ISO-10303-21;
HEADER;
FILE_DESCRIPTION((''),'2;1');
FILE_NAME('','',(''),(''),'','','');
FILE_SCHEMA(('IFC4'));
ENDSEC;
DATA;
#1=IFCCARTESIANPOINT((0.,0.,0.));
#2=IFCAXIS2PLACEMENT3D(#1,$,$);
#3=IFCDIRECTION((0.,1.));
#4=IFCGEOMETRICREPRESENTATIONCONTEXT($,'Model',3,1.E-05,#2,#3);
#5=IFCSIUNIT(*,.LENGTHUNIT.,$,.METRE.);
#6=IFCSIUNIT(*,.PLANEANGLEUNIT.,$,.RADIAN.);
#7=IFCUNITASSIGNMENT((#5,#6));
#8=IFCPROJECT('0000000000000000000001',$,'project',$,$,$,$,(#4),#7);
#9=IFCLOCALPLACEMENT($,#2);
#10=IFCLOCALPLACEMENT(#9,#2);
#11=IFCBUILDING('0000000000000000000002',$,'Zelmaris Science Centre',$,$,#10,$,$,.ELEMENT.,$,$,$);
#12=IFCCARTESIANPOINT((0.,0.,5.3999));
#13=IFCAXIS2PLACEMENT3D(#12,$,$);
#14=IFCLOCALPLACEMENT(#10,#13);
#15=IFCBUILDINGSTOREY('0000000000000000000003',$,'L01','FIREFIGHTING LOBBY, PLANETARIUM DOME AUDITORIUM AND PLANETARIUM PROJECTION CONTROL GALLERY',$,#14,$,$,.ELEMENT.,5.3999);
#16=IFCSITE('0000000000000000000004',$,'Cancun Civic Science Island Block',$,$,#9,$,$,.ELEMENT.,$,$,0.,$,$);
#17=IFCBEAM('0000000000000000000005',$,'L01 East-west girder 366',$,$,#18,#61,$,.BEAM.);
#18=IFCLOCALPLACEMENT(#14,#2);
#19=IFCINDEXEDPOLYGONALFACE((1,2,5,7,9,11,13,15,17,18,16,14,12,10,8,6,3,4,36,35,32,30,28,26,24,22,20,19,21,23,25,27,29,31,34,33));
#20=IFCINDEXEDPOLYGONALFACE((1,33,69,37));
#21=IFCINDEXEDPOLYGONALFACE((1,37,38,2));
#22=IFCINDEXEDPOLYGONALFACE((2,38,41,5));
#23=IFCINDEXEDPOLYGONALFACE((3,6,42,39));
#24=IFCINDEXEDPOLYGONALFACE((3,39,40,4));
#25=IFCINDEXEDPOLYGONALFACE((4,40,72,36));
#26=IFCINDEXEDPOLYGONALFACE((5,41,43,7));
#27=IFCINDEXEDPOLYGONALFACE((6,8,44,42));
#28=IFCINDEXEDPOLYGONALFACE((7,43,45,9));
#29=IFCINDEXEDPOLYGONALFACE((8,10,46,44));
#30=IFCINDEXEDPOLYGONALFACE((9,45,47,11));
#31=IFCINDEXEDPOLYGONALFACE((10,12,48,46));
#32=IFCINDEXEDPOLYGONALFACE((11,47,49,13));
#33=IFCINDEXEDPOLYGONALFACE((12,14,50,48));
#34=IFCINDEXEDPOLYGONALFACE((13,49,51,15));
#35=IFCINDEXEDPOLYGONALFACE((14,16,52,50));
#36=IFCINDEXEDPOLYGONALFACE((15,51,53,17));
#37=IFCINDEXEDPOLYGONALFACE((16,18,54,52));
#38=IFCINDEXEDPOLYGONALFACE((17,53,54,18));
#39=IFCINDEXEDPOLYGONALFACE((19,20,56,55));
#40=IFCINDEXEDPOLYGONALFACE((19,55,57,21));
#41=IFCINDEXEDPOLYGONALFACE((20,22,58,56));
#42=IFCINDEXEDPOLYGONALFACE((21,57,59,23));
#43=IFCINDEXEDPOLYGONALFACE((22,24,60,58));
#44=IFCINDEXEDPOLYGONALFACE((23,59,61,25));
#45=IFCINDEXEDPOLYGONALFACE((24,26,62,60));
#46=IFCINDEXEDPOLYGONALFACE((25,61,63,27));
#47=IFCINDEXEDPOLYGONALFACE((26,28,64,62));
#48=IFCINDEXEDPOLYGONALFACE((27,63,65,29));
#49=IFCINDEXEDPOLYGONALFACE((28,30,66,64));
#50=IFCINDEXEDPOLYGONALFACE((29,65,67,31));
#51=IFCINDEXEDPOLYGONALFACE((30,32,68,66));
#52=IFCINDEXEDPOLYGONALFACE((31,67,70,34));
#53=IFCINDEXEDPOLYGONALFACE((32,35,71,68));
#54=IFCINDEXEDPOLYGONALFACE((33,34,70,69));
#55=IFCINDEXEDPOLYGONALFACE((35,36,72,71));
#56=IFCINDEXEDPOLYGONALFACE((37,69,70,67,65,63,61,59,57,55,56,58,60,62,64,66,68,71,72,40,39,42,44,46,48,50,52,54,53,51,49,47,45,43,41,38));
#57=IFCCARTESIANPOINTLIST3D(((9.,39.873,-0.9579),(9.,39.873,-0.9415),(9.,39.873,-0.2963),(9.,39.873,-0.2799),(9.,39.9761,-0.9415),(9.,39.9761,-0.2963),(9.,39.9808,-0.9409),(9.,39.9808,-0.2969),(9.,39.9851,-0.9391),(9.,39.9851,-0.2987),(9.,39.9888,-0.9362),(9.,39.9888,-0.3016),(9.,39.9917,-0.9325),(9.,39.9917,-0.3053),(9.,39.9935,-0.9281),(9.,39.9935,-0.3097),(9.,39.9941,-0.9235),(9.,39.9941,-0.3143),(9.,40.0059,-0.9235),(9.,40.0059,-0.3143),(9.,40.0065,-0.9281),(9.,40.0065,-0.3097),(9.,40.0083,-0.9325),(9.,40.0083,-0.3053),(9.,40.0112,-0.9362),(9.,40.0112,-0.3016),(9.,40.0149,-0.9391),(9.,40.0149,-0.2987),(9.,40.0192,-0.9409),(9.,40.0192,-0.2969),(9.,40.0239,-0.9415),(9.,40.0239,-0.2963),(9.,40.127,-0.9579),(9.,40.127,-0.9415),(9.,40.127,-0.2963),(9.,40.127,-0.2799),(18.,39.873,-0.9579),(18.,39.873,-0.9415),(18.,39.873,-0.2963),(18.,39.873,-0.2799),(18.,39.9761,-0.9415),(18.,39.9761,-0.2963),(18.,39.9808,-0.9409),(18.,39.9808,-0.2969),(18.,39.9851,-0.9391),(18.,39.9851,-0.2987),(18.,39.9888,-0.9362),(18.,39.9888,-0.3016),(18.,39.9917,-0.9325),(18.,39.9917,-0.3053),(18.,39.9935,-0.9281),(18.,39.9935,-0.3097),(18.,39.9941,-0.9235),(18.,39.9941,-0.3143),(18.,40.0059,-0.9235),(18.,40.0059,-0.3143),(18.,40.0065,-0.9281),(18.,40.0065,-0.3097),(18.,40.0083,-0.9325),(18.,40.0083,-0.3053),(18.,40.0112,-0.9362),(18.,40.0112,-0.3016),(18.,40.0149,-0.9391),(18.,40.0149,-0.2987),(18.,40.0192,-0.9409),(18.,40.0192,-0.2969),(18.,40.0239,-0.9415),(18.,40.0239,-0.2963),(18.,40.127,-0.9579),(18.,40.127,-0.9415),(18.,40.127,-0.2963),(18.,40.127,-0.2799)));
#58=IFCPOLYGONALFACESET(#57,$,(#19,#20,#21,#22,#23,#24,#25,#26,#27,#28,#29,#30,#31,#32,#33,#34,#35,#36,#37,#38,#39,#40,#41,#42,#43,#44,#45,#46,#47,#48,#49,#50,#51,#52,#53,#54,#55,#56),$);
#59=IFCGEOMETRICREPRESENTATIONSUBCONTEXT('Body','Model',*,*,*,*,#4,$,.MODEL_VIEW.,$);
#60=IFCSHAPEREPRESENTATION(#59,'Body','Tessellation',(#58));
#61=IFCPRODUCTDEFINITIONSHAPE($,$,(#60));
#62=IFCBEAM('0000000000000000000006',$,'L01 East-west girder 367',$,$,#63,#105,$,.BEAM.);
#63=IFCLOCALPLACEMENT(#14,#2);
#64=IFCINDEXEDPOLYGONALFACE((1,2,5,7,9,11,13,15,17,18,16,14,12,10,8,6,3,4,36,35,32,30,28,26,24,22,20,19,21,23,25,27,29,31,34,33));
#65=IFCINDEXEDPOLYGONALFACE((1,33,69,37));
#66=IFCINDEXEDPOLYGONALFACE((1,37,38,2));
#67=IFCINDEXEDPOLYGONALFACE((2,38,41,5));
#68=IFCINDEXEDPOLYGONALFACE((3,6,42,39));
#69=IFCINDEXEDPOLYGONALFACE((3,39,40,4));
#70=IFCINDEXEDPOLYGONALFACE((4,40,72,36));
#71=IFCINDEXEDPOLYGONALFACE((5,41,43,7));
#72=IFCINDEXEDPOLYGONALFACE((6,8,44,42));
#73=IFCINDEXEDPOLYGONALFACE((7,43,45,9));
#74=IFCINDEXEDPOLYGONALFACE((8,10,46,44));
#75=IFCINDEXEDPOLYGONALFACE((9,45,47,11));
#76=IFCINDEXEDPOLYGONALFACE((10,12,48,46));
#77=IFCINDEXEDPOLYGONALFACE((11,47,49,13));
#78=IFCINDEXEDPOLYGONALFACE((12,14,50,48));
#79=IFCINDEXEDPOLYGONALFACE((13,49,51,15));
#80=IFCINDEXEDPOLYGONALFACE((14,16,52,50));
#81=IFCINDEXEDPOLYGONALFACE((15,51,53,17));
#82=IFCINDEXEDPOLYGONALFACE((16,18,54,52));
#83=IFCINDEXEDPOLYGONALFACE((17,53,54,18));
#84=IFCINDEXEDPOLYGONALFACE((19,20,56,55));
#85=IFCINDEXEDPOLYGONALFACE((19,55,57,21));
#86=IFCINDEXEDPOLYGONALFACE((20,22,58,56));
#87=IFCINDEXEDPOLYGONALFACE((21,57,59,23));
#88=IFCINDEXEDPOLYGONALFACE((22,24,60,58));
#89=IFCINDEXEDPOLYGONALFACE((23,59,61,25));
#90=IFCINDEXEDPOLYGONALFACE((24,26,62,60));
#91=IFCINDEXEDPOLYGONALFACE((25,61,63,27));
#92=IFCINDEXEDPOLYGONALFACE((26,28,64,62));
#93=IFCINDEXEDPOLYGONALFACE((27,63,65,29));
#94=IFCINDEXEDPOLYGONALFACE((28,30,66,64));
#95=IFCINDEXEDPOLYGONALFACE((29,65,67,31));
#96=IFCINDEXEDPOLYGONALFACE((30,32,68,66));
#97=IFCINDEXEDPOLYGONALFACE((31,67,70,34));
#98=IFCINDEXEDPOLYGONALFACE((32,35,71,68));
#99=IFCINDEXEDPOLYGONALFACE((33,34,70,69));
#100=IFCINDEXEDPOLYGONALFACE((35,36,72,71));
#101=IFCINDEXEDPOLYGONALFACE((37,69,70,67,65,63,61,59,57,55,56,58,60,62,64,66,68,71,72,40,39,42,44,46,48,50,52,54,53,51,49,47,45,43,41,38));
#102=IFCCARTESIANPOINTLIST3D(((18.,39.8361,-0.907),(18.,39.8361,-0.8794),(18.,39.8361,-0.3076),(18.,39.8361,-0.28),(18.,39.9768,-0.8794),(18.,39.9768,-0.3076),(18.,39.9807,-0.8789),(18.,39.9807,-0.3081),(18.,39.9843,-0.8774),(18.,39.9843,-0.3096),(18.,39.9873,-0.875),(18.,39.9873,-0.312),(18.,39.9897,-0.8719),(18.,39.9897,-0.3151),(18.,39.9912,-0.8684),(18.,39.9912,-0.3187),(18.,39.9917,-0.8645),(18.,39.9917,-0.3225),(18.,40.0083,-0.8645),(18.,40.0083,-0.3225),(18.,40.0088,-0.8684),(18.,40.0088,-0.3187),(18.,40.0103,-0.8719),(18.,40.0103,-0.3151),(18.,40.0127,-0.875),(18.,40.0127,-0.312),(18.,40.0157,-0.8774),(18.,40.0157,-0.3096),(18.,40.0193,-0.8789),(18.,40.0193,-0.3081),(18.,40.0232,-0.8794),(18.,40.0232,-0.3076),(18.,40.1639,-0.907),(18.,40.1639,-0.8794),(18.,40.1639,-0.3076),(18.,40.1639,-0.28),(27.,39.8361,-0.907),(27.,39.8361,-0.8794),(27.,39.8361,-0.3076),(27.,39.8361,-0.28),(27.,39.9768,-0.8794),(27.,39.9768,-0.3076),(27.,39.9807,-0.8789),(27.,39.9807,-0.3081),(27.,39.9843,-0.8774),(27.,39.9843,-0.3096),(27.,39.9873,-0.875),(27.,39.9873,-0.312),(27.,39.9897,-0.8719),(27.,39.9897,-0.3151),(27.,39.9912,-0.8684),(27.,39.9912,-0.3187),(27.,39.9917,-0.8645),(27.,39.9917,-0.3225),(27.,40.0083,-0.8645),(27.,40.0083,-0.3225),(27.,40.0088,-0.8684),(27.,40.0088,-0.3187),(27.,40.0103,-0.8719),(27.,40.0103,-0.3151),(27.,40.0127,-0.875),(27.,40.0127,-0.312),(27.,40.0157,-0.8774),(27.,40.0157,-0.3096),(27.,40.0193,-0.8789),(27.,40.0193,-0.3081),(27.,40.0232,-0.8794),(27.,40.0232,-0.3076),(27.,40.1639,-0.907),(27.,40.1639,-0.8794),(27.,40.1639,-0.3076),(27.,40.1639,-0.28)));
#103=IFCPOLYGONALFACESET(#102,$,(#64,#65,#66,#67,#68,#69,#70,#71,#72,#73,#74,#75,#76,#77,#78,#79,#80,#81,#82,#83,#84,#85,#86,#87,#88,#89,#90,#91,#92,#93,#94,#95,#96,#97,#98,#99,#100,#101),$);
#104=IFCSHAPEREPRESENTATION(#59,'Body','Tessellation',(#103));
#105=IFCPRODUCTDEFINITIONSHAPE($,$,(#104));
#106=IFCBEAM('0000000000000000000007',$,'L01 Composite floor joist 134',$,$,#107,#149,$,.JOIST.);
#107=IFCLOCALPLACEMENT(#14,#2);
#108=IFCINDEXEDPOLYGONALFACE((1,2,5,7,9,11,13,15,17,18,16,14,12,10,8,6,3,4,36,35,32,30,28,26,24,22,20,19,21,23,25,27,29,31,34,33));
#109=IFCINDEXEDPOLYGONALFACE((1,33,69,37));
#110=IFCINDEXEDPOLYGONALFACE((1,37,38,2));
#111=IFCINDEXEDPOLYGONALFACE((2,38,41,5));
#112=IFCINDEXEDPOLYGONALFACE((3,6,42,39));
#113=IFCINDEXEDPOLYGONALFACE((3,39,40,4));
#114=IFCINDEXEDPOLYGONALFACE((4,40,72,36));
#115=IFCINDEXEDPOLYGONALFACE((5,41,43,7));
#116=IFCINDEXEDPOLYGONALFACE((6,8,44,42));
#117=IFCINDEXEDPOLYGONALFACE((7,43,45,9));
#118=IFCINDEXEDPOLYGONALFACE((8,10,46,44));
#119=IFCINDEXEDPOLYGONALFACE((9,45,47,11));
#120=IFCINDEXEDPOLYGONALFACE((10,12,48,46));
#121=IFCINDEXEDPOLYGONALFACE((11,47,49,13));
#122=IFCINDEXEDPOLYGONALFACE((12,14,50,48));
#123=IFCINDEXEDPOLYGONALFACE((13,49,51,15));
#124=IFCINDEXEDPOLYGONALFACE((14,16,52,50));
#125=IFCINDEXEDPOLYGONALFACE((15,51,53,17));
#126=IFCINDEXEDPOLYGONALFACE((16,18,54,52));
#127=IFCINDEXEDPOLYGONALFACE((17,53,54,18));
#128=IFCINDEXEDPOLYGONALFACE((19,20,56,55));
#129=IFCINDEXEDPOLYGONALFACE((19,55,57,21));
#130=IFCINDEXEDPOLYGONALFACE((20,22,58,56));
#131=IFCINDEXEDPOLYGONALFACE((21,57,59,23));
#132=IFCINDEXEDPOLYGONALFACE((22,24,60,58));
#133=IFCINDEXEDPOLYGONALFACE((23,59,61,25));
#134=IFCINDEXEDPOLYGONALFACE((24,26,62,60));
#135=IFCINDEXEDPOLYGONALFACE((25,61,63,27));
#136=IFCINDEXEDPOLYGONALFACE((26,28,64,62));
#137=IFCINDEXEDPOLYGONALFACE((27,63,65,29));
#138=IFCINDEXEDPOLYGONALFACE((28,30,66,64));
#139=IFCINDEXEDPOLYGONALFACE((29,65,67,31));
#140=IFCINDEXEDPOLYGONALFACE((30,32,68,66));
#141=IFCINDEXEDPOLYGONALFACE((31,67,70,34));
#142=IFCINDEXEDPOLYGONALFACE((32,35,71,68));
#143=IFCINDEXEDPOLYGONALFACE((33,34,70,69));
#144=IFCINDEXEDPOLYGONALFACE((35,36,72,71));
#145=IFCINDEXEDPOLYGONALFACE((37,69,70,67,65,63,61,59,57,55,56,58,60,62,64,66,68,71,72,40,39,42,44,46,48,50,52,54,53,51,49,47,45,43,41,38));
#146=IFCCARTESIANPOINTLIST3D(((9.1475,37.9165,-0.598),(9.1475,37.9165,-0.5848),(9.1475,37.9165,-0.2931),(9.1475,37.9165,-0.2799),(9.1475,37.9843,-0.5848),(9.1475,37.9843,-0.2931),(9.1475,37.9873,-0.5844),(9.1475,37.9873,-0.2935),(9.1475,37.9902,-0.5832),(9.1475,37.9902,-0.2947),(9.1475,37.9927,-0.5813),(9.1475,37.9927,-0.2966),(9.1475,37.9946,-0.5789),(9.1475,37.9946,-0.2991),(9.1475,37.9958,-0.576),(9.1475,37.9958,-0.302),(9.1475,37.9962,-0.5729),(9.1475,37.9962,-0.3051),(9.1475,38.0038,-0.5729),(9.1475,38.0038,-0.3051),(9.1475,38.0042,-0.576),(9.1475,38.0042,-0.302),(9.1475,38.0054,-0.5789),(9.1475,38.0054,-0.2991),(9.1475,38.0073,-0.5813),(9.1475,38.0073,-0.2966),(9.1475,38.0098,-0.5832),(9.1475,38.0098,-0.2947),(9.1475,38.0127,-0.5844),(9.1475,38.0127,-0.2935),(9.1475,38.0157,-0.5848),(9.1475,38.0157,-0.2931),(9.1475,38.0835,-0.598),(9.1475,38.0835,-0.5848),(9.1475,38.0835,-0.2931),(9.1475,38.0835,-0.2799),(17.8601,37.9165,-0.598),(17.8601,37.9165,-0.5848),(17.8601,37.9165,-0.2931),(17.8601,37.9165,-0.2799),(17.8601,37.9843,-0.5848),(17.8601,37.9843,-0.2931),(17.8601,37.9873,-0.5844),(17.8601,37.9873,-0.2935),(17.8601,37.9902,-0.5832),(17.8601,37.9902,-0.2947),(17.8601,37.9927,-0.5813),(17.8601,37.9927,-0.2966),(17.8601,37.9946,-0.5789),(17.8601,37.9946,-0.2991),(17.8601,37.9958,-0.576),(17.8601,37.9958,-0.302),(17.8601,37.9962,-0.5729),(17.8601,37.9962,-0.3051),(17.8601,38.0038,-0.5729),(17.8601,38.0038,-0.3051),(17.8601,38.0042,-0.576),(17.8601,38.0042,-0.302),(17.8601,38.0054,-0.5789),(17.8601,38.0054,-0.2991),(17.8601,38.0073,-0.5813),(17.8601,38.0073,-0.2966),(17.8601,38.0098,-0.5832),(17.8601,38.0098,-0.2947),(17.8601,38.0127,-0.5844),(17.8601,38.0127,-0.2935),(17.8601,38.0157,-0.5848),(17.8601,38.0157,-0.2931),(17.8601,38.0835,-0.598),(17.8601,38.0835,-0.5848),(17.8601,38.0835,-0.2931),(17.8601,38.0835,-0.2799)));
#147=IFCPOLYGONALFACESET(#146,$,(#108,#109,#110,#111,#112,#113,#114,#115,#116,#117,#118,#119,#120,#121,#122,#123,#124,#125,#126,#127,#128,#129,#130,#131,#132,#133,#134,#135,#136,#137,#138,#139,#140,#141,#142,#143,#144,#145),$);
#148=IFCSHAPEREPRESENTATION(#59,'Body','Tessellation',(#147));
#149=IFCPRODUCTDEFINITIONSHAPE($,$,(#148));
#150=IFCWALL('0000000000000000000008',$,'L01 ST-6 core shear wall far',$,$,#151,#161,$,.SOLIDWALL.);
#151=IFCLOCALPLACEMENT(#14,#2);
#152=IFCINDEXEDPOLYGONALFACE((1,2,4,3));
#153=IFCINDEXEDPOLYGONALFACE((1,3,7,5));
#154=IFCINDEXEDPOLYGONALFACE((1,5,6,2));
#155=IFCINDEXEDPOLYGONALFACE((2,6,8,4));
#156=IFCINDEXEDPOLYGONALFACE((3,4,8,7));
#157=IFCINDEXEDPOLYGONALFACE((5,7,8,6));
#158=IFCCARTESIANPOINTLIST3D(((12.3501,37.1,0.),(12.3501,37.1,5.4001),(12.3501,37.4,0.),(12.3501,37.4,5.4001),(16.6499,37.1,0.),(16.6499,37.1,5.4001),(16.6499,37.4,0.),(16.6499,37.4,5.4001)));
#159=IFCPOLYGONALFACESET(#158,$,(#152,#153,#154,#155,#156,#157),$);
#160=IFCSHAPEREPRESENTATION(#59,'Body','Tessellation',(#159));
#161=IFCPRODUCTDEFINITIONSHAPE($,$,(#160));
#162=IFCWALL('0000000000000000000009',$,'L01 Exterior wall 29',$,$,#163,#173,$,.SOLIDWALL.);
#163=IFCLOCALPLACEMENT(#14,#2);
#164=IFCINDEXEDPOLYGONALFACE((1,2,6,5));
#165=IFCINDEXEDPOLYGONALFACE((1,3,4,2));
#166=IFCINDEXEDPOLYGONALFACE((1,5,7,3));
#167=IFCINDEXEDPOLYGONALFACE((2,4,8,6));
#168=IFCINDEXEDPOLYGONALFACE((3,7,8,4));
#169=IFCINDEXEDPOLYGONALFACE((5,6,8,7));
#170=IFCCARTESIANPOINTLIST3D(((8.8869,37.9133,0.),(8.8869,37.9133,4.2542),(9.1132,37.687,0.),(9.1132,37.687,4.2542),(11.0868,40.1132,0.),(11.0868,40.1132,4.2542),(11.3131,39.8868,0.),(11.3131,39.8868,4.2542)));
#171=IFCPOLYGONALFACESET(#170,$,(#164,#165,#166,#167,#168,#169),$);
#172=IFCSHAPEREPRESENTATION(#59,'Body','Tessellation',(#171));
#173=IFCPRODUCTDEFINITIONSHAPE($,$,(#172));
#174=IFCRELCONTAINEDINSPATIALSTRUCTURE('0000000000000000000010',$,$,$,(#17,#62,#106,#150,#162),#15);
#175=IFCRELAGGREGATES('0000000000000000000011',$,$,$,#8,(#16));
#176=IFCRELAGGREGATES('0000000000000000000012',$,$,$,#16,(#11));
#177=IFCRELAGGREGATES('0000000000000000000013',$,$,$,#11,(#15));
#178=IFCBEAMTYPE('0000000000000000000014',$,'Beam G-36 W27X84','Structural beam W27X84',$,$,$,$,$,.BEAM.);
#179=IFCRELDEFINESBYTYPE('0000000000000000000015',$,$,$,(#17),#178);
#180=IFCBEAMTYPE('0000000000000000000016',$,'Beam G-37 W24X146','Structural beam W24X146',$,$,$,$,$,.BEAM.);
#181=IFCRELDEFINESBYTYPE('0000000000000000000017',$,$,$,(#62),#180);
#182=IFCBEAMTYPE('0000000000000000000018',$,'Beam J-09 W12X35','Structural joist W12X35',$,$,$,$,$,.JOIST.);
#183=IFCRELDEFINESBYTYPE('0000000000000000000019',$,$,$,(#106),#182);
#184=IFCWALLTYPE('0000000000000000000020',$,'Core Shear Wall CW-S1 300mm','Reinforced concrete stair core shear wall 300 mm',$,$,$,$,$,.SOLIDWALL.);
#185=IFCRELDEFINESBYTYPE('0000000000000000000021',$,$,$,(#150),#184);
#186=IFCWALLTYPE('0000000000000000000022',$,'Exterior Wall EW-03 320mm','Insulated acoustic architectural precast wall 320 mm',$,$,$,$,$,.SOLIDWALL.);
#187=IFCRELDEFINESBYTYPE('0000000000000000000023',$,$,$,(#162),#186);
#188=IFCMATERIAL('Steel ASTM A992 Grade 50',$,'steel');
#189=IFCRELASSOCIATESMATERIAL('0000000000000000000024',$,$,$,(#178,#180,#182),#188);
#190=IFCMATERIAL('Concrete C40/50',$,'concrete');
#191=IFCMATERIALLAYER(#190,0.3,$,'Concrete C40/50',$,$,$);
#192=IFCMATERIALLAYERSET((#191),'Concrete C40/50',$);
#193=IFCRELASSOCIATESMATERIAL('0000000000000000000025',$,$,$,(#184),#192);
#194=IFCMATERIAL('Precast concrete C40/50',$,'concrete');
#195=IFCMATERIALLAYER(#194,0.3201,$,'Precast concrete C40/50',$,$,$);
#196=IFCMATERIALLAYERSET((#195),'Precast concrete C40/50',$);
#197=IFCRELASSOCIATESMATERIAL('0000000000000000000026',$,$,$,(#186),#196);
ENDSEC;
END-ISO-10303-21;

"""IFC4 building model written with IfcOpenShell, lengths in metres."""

from ifc_helpers import new_model, si_unit, direction, frame, frame_2d, origin, origin_2d, place, context, subcontext, project, spatial, rectangle, i_section, extrude, material, layer, layer_set, material_profile, profile_set, type_object, element, save


model = new_model("IFC4")

# Units and contexts
model_context = context("Model", 3, precision=1e-05, world=origin(), true_north=direction((0.0, 1.0)))
body_context = subcontext(model_context, "Body", "Model", "MODEL_VIEW")
ifc_project = project(units=[si_unit("LENGTHUNIT", "METRE"), si_unit("PLANEANGLEUNIT", "RADIAN")], contexts=[model_context])

# Site, building, storey
site_placement = place(None, origin())
site = spatial("IfcSite", under=ifc_project, at=site_placement, Name="Cancun Civic Science Island Block", CompositionType="ELEMENT", RefElevation=0.0)
building_placement = place(site_placement, origin())
building = spatial("IfcBuilding", under=site, at=building_placement, Name="Zelmaris Science Centre", CompositionType="ELEMENT")
storey_placement = place(building_placement, frame((0.0, 0.0, 5.3999)))
storey = spatial("IfcBuildingStorey", under=building, at=storey_placement, Name="L01", Description="FIREFIGHTING LOBBY, PLANETARIUM DOME AUDITORIUM AND PLANETARIUM PROJECTION CONTROL GALLERY", CompositionType="ELEMENT", Elevation=5.3999)

# Shared definitions
ifc_material_1 = material(Name="Steel ASTM A992 Grade 50", Category="steel")

# Beams
ifc_material_profile_1 = material_profile(ifc_material_1, i_section(OverallWidth=0.2539, OverallDepth=0.678, WebThickness=0.0117, FlangeThickness=0.0164, FilletRadius=0.0181, at=origin_2d()), Name="W27X84")
ifc_profile_set_1 = profile_set([ifc_material_profile_1], Name="Steel ASTM A992 Grade 50")
beam_type_1 = type_object("IfcBeamType", Name="Beam G-36 W27X84", Description="Structural beam W27X84", PredefinedType="BEAM", material=ifc_profile_set_1)
beam_1_placement = place(storey_placement, frame((9.0, 40.0, -0.6189), z_axis=(1.0, 0.0, 0.0), x_axis=(0.0, 1.0, 0.0)))
element("IfcBeam", 1, at=beam_1_placement, inside=storey, type_object=beam_type_1, Name="L01 East-west girder 366", PredefinedType="BEAM", context=body_context, shape_type="SweptSolid", body=[
    extrude(i_section(OverallWidth=0.2539, OverallDepth=0.678, WebThickness=0.0117, FlangeThickness=0.0164, FilletRadius=0.0181, at=origin_2d()), origin(), (0.0, 0.0, 1.0), 9.0),
])
ifc_material_profile_2 = material_profile(ifc_material_1, i_section(OverallWidth=0.3279, OverallDepth=0.627, WebThickness=0.0166, FlangeThickness=0.0276, FilletRadius=0.0149, at=origin_2d()), Name="W24X146")
ifc_profile_set_2 = profile_set([ifc_material_profile_2], Name="Steel ASTM A992 Grade 50")
beam_type_2 = type_object("IfcBeamType", Name="Beam G-37 W24X146", Description="Structural beam W24X146", PredefinedType="BEAM", material=ifc_profile_set_2)
beam_2_placement = place(storey_placement, frame((18.0, 40.0, -0.5935), z_axis=(1.0, 0.0, 0.0), x_axis=(0.0, 1.0, 0.0)))
element("IfcBeam", 2, at=beam_2_placement, inside=storey, type_object=beam_type_2, Name="L01 East-west girder 367", PredefinedType="BEAM", context=body_context, shape_type="SweptSolid", body=[
    extrude(i_section(OverallWidth=0.3279, OverallDepth=0.627, WebThickness=0.0166, FlangeThickness=0.0276, FilletRadius=0.0149, at=origin_2d()), origin(), (0.0, 0.0, 1.0), 9.0),
])
ifc_material_profile_3 = material_profile(ifc_material_1, i_section(OverallWidth=0.167, OverallDepth=0.3181, WebThickness=0.0076, FlangeThickness=0.0132, FilletRadius=0.012, at=origin_2d()), Name="W12X35")
ifc_profile_set_3 = profile_set([ifc_material_profile_3], Name="Steel ASTM A992 Grade 50")
beam_type_3 = type_object("IfcBeamType", Name="Beam J-09 W12X35", Description="Structural joist W12X35", PredefinedType="JOIST", material=ifc_profile_set_3)
beam_3_placement = place(storey_placement, frame((9.1475, 38.0, -0.439), z_axis=(1.0, 0.0, 0.0), x_axis=(0.0, 1.0, 0.0)))
element("IfcBeam", 3, at=beam_3_placement, inside=storey, type_object=beam_type_3, Name="L01 Composite floor joist 134", PredefinedType="JOIST", context=body_context, shape_type="SweptSolid", body=[
    extrude(i_section(OverallWidth=0.167, OverallDepth=0.3181, WebThickness=0.0076, FlangeThickness=0.0132, FilletRadius=0.012, at=origin_2d()), origin(), (0.0, 0.0, 1.0), 8.7126),
])

# Walls
ifc_material_2 = material(Name="Concrete C40/50", Category="concrete")
ifc_layer_1 = layer(ifc_material_2, 0.3, Name="Concrete C40/50")
ifc_layer_set_1 = layer_set([ifc_layer_1], Name="Concrete C40/50")
wall_type_1 = type_object("IfcWallType", Name="Core Shear Wall CW-S1 300mm", Description="Reinforced concrete stair core shear wall 300 mm", PredefinedType="SOLIDWALL", material=ifc_layer_set_1)
wall_1_placement = place(storey_placement, frame((16.6499, 37.25, 0.0), z_axis=(0.0, 0.0, 1.0), x_axis=(-1.0, 0.0, 0.0)))
element("IfcWall", 4, at=wall_1_placement, inside=storey, type_object=wall_type_1, Name="L01 ST-6 core shear wall far", PredefinedType="SOLIDWALL", context=body_context, shape_type="SweptSolid", body=[
    extrude(rectangle(XDim=4.2998, YDim=0.3, at=frame_2d((2.1499, 0.0))), origin(), (0.0, 0.0, 1.0), 5.4001),
])
ifc_material_3 = material(Name="Precast concrete C40/50", Category="concrete")
ifc_layer_2 = layer(ifc_material_3, 0.3201, Name="Precast concrete C40/50")
ifc_layer_set_2 = layer_set([ifc_layer_2], Name="Precast concrete C40/50")
wall_type_2 = type_object("IfcWallType", Name="Exterior Wall EW-03 320mm", Description="Insulated acoustic architectural precast wall 320 mm", PredefinedType="SOLIDWALL", material=ifc_layer_set_2)
wall_2_placement = place(storey_placement, frame((9.0, 37.8, 0.0), z_axis=(0.0, 0.0, 1.0), x_axis=(0.707107, 0.707107, 0.0)))
element("IfcWall", 5, at=wall_2_placement, inside=storey, type_object=wall_type_2, Name="L01 Exterior wall 29", PredefinedType="SOLIDWALL", context=body_context, shape_type="SweptSolid", body=[
    extrude(rectangle(XDim=3.1111, YDim=0.3201, at=frame_2d((1.5557, 0.0))), origin(), (0.0, 0.0, 1.0), 4.2542),
])

save(model, "model.ifc")
